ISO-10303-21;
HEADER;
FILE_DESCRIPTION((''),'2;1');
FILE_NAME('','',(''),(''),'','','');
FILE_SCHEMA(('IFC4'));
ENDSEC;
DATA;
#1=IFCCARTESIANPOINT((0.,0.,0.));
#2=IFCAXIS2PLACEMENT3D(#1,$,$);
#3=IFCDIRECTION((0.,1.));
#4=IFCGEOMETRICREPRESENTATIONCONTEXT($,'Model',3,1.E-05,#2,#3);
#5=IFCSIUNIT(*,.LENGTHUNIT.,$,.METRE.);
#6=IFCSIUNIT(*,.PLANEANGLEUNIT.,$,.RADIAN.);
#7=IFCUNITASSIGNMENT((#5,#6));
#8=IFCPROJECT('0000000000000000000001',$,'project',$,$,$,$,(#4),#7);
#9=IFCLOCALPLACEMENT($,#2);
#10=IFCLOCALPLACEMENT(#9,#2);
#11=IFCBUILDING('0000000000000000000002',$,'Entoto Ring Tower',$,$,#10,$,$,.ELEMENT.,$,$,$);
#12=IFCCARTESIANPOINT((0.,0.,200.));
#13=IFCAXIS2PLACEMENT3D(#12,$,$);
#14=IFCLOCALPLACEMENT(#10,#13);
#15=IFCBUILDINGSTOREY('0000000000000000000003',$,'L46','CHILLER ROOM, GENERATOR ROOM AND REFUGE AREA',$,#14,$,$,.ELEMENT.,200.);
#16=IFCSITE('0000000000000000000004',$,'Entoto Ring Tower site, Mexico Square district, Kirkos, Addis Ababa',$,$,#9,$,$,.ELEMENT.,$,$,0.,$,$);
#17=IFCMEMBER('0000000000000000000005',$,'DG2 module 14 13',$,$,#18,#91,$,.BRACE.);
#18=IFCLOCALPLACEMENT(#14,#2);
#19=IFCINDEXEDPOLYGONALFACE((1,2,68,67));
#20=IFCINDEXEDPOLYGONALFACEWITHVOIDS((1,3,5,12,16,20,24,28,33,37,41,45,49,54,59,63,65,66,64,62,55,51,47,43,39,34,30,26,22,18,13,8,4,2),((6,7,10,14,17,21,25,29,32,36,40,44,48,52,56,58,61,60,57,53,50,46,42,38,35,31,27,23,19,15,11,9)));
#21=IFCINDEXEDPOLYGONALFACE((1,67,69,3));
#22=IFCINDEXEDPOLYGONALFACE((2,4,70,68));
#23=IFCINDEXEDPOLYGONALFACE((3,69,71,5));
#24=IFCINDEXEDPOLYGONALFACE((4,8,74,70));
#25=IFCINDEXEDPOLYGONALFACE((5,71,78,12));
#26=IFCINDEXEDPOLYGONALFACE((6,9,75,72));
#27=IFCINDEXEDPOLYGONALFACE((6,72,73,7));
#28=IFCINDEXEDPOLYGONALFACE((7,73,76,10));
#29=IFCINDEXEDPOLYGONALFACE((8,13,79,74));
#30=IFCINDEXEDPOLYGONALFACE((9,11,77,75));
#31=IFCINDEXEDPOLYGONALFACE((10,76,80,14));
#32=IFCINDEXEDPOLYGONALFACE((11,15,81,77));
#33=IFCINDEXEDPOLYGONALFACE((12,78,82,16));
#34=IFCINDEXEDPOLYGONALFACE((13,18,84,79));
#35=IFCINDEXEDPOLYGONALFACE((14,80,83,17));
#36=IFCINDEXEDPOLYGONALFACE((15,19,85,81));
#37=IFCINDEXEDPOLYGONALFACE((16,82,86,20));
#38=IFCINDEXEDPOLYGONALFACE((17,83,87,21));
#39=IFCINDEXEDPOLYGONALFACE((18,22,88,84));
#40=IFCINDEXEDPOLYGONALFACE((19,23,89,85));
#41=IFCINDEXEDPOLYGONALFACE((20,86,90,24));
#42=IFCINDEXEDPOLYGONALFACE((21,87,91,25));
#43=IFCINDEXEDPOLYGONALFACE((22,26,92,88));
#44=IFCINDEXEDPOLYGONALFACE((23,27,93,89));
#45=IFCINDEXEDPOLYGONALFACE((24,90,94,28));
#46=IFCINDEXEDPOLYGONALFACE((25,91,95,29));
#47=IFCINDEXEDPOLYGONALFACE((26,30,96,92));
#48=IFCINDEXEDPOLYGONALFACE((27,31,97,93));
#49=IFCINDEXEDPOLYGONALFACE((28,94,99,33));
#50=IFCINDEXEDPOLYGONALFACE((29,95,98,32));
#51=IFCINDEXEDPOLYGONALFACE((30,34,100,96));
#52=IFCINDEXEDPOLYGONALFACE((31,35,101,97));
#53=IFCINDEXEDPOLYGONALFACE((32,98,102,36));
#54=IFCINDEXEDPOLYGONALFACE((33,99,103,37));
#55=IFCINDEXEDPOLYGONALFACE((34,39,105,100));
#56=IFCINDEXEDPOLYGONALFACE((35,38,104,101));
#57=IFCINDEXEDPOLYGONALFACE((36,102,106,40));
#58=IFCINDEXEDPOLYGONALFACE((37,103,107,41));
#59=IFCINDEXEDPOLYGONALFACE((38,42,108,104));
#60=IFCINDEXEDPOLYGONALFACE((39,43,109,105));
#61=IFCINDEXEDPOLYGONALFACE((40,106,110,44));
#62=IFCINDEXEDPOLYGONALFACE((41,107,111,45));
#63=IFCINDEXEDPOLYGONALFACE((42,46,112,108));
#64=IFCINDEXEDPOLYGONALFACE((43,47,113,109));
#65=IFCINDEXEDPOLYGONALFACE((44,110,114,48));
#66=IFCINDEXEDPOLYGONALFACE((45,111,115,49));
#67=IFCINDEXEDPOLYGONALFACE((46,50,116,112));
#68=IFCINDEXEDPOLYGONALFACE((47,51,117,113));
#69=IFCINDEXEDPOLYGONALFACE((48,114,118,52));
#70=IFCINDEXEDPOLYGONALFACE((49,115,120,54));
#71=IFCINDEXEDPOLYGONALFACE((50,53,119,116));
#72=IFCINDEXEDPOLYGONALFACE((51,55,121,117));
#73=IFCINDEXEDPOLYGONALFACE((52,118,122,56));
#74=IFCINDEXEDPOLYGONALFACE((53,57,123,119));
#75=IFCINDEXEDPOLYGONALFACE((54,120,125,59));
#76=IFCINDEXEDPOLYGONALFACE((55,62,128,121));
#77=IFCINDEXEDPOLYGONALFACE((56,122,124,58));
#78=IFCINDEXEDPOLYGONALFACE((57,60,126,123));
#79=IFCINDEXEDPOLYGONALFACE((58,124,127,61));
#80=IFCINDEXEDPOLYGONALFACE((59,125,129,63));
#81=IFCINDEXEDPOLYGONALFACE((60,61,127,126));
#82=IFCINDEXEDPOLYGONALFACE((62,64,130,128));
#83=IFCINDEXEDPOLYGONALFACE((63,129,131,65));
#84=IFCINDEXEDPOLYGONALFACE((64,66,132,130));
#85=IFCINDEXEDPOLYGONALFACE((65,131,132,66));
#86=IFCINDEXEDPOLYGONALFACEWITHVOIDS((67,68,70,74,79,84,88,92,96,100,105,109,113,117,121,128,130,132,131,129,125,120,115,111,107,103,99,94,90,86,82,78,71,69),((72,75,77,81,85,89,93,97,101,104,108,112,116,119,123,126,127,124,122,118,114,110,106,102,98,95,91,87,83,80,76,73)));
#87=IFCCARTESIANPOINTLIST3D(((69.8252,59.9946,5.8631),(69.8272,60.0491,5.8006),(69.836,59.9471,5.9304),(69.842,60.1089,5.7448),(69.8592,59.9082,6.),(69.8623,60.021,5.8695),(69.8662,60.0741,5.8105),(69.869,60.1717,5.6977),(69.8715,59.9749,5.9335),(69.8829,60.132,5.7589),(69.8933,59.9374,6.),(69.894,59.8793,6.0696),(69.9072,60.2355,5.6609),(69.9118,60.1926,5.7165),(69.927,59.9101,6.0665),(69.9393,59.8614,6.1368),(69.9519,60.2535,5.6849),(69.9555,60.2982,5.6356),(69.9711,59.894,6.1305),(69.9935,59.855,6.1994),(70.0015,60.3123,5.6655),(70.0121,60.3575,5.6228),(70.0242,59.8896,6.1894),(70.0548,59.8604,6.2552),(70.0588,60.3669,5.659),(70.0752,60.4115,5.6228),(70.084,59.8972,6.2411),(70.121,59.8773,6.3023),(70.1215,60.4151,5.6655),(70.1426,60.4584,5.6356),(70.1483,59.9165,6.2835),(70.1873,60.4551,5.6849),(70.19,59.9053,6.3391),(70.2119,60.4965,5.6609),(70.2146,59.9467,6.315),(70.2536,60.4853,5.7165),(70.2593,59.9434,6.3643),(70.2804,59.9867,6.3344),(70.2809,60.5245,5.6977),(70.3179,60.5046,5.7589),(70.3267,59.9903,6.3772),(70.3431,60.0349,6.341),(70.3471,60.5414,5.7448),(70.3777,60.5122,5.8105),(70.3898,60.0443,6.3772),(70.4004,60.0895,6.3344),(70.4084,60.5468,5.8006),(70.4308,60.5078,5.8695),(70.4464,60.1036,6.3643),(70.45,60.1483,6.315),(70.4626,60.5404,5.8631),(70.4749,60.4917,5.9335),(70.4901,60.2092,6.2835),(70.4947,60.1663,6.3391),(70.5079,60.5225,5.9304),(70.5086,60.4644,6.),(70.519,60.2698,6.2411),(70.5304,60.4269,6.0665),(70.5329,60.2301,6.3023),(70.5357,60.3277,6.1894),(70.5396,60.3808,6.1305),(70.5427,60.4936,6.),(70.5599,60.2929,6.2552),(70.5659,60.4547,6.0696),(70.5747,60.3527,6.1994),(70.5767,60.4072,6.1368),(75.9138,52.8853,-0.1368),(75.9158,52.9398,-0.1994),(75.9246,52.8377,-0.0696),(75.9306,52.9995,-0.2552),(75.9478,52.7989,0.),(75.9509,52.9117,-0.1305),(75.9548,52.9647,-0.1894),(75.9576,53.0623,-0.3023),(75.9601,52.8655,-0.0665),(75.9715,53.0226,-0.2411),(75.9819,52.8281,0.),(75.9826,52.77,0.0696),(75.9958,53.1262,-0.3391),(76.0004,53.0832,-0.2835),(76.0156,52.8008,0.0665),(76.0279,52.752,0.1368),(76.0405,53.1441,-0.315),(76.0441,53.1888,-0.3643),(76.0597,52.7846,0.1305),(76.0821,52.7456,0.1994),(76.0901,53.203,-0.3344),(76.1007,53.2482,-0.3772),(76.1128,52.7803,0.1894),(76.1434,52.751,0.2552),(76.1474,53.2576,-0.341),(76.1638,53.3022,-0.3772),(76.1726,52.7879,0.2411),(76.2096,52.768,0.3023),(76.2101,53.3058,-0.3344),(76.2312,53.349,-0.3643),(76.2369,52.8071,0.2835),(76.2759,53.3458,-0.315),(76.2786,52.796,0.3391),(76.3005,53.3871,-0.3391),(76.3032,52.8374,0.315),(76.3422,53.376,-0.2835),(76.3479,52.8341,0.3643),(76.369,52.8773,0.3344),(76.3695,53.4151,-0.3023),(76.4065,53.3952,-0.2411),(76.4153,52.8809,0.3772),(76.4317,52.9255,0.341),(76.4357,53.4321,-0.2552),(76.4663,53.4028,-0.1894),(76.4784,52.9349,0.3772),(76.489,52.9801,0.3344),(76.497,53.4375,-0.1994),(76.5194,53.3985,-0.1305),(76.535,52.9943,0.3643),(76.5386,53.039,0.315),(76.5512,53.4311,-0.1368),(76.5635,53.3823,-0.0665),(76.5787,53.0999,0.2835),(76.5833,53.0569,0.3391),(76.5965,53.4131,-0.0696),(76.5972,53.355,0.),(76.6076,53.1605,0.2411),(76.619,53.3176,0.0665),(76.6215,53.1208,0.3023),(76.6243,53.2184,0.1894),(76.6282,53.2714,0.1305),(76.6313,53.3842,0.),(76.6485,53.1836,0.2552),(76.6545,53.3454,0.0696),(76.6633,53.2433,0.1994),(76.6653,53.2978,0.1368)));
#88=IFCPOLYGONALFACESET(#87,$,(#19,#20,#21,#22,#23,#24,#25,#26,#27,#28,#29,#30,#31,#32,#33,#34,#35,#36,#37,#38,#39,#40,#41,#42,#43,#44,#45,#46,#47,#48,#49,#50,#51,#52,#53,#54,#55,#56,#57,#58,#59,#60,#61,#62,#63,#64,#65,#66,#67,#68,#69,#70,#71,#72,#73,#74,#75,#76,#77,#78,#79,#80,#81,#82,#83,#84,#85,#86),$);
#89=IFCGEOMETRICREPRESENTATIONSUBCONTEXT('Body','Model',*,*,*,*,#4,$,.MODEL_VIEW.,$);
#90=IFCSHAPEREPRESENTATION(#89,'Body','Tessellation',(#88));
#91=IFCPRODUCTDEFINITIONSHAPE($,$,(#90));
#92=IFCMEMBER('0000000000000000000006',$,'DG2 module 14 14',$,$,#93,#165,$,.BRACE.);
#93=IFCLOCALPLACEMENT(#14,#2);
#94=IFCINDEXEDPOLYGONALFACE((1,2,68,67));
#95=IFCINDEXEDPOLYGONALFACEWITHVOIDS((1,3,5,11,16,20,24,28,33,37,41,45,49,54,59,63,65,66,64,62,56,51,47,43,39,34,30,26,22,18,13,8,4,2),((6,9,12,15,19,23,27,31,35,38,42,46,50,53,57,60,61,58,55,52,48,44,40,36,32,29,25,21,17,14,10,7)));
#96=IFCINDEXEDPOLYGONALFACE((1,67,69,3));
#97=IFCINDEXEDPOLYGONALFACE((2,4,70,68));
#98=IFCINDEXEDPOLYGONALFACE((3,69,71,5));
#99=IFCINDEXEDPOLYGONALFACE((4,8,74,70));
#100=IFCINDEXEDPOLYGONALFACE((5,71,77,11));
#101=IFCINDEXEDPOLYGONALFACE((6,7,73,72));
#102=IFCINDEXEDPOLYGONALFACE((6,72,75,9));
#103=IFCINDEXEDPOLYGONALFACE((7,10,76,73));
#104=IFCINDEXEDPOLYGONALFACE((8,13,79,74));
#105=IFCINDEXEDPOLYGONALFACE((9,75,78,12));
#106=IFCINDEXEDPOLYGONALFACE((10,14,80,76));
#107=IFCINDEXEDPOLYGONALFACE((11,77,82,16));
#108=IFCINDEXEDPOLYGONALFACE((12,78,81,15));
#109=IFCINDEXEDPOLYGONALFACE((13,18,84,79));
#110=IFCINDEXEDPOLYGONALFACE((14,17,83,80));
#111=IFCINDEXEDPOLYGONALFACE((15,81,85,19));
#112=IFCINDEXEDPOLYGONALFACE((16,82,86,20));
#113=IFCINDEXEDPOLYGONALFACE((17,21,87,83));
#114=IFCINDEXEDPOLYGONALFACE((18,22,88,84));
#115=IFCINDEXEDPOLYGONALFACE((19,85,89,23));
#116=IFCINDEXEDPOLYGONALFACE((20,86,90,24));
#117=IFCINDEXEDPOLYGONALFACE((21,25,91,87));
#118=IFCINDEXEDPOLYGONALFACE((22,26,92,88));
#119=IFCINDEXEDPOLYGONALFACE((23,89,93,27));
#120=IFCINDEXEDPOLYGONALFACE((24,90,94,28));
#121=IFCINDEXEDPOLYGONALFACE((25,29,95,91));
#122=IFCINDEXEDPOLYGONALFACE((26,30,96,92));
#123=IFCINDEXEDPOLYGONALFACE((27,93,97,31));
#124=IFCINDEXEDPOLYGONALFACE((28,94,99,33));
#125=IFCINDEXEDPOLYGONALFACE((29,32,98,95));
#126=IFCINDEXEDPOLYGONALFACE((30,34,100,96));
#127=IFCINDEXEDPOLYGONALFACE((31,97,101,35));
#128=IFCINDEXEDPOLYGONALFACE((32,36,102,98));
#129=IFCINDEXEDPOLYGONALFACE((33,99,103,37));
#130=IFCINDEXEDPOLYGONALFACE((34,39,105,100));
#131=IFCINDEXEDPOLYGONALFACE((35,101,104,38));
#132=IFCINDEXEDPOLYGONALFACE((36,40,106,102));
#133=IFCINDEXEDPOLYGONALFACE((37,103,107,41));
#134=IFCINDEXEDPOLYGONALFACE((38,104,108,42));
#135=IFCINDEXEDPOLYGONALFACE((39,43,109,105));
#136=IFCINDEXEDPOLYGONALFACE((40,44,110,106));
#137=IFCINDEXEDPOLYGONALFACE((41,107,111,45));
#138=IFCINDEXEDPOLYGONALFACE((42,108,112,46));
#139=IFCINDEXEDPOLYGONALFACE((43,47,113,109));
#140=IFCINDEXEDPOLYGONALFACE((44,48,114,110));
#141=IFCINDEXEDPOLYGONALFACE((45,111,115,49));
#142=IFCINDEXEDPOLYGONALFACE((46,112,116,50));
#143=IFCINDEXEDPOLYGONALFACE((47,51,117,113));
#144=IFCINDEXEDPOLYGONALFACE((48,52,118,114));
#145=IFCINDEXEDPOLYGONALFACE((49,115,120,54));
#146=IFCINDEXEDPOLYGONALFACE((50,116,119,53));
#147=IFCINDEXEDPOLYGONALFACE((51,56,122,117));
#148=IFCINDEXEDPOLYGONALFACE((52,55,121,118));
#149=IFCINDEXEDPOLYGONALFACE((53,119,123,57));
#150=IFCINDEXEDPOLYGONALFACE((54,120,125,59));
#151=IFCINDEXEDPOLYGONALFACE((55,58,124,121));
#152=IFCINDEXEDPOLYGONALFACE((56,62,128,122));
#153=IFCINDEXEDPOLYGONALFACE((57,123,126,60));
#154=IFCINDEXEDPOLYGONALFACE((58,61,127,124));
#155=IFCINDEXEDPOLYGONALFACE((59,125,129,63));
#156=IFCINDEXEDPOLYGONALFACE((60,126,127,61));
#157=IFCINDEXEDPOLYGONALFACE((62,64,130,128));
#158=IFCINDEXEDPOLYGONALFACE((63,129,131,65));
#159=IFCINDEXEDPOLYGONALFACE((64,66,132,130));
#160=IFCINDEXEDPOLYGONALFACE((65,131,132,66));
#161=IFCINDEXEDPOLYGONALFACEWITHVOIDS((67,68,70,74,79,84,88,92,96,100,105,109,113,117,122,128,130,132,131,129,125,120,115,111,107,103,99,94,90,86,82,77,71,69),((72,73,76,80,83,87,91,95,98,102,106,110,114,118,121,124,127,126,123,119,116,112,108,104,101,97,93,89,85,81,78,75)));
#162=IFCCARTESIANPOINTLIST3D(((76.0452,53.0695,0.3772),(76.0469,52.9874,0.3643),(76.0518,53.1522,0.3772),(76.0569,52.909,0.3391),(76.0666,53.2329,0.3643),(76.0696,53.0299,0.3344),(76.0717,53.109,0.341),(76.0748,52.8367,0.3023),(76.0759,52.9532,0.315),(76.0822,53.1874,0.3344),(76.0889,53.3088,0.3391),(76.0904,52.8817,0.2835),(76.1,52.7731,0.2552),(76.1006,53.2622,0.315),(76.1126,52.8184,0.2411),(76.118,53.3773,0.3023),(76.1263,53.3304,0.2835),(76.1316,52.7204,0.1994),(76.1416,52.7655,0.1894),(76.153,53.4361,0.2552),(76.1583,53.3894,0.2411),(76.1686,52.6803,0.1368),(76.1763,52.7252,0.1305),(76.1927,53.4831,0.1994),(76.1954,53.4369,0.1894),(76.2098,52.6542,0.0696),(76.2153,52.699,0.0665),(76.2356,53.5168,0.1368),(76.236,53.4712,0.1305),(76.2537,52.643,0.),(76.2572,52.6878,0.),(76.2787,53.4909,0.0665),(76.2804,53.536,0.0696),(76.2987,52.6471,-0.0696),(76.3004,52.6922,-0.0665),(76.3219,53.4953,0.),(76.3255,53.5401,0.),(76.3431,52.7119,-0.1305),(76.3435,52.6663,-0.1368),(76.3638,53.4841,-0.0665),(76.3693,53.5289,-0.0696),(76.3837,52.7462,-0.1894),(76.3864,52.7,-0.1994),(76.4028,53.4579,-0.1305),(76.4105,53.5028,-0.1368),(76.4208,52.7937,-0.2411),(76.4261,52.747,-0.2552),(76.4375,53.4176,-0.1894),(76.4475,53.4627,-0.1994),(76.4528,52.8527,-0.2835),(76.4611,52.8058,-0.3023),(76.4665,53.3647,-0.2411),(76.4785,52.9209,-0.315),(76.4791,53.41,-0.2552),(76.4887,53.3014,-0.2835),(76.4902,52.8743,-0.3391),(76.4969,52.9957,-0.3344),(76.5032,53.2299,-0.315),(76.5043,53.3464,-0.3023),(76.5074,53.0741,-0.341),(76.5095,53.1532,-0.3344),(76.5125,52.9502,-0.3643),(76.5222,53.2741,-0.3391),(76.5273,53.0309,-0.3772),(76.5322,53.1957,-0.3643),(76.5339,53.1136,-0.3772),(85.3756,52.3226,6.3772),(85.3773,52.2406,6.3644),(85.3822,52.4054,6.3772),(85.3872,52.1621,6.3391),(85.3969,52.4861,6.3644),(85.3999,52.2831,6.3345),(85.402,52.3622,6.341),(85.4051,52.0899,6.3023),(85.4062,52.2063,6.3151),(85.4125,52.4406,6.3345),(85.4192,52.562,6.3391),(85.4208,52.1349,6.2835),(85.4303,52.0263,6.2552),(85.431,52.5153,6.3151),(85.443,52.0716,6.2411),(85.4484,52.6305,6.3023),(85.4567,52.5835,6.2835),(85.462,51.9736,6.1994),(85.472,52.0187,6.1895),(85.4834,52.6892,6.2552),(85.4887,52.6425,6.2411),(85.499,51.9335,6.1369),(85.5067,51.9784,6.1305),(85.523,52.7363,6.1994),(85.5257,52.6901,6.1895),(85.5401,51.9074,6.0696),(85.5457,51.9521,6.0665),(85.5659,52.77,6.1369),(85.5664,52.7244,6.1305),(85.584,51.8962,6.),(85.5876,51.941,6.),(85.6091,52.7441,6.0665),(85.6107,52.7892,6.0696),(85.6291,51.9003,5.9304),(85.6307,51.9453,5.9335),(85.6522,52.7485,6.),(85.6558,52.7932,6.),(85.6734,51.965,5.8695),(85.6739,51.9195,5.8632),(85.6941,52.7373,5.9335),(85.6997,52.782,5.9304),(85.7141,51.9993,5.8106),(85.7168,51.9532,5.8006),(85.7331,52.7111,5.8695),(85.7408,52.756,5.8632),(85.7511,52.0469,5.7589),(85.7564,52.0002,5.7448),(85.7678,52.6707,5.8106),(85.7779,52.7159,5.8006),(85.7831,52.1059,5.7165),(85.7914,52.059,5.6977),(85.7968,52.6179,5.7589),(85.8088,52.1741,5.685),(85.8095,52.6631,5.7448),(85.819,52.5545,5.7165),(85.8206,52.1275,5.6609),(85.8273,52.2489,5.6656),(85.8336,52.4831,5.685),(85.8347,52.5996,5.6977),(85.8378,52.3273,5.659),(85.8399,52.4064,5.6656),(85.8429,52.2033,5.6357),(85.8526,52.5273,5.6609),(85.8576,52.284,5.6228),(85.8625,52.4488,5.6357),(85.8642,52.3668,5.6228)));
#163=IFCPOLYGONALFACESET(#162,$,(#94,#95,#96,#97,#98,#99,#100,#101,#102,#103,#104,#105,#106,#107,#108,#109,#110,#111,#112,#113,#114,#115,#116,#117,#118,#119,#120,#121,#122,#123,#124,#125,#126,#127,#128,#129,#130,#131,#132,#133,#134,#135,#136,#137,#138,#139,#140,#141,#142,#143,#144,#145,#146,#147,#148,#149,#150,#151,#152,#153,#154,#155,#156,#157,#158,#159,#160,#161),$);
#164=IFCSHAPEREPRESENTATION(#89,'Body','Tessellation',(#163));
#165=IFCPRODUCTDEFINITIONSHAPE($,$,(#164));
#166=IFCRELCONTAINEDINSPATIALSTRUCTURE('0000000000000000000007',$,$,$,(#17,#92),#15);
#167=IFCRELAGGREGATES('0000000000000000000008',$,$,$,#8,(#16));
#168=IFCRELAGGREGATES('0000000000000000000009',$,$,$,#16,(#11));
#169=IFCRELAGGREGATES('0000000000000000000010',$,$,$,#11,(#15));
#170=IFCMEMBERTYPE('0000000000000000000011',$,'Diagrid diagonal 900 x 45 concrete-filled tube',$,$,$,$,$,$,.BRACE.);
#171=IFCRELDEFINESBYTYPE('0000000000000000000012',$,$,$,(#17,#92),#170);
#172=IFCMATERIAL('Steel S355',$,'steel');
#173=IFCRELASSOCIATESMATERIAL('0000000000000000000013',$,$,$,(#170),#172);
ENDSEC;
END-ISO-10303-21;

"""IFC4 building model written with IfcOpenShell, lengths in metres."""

from ifc_helpers import new_model, si_unit, direction, frame, origin, origin_2d, place, context, subcontext, project, spatial, circle, hollow_circle, extrude, material, material_profile, profile_set, type_object, element, save


model = new_model("IFC4")

# Units and contexts
model_context = context("Model", 3, precision=1e-05, world=origin(), true_north=direction((0.0, 1.0)))
body_context = subcontext(model_context, "Body", "Model", "MODEL_VIEW")
ifc_project = project(units=[si_unit("LENGTHUNIT", "METRE"), si_unit("PLANEANGLEUNIT", "RADIAN")], contexts=[model_context])

# Site, building, storey
site_placement = place(None, origin())
site = spatial("IfcSite", under=ifc_project, at=site_placement, Name="Entoto Ring Tower site, Mexico Square district, Kirkos, Addis Ababa", CompositionType="ELEMENT", RefElevation=0.0)
building_placement = place(site_placement, origin())
building = spatial("IfcBuilding", under=site, at=building_placement, Name="Entoto Ring Tower", CompositionType="ELEMENT")
storey_placement = place(building_placement, frame((0.0, 0.0, 200.0)))
storey = spatial("IfcBuildingStorey", under=building, at=storey_placement, Name="L46", Description="CHILLER ROOM, GENERATOR ROOM AND REFUGE AREA", CompositionType="ELEMENT", Elevation=200.0)

# Members
ifc_material_1 = material(Name="Steel S355", Category="steel")
ifc_material_profile_1 = material_profile(ifc_material_1, hollow_circle(Radius=0.45, WallThickness=0.0449, at=origin_2d()), Name="CHS 900 x 45")
ifc_material_2 = material(Name="Concrete C60/75", Category="concrete")
ifc_material_profile_2 = material_profile(ifc_material_2, circle(Radius=0.405, at=origin_2d()), Name="Concrete C60/75 infill")
ifc_profile_set_1 = profile_set([ifc_material_profile_1, ifc_material_profile_2], Name="Steel S355")
member_type_1 = type_object("IfcMemberType", Name="Diagrid diagonal 900 x 45 concrete-filled tube", PredefinedType="BRACE", material=ifc_profile_set_1)
for number, where, z_axis, x_axis, name in (
    (1, (76.2896, 53.0916, 0.0), (-0.547626, 0.639435, 0.539655), (-0.759527, -0.650476, 0.0), "DG2 module 14 13"),
    (2, (76.2896, 53.0916, 0.0), (0.839199, -0.067172, 0.539659), (0.079788, 0.996812, 0.0), "DG2 module 14 14"),
):
    element("IfcMember", number, at=place(storey_placement, frame(where, z_axis=z_axis, x_axis=x_axis)), inside=storey, type_object=member_type_1, Name=name, PredefinedType="BRACE", context=body_context, shape_type="SweptSolid", body=[
        extrude(hollow_circle(Radius=0.45, WallThickness=0.0449, at=origin_2d()), origin(), (0.0, 0.0, 1.0), 11.1182),
    ])

save(model, "model.ifc")
